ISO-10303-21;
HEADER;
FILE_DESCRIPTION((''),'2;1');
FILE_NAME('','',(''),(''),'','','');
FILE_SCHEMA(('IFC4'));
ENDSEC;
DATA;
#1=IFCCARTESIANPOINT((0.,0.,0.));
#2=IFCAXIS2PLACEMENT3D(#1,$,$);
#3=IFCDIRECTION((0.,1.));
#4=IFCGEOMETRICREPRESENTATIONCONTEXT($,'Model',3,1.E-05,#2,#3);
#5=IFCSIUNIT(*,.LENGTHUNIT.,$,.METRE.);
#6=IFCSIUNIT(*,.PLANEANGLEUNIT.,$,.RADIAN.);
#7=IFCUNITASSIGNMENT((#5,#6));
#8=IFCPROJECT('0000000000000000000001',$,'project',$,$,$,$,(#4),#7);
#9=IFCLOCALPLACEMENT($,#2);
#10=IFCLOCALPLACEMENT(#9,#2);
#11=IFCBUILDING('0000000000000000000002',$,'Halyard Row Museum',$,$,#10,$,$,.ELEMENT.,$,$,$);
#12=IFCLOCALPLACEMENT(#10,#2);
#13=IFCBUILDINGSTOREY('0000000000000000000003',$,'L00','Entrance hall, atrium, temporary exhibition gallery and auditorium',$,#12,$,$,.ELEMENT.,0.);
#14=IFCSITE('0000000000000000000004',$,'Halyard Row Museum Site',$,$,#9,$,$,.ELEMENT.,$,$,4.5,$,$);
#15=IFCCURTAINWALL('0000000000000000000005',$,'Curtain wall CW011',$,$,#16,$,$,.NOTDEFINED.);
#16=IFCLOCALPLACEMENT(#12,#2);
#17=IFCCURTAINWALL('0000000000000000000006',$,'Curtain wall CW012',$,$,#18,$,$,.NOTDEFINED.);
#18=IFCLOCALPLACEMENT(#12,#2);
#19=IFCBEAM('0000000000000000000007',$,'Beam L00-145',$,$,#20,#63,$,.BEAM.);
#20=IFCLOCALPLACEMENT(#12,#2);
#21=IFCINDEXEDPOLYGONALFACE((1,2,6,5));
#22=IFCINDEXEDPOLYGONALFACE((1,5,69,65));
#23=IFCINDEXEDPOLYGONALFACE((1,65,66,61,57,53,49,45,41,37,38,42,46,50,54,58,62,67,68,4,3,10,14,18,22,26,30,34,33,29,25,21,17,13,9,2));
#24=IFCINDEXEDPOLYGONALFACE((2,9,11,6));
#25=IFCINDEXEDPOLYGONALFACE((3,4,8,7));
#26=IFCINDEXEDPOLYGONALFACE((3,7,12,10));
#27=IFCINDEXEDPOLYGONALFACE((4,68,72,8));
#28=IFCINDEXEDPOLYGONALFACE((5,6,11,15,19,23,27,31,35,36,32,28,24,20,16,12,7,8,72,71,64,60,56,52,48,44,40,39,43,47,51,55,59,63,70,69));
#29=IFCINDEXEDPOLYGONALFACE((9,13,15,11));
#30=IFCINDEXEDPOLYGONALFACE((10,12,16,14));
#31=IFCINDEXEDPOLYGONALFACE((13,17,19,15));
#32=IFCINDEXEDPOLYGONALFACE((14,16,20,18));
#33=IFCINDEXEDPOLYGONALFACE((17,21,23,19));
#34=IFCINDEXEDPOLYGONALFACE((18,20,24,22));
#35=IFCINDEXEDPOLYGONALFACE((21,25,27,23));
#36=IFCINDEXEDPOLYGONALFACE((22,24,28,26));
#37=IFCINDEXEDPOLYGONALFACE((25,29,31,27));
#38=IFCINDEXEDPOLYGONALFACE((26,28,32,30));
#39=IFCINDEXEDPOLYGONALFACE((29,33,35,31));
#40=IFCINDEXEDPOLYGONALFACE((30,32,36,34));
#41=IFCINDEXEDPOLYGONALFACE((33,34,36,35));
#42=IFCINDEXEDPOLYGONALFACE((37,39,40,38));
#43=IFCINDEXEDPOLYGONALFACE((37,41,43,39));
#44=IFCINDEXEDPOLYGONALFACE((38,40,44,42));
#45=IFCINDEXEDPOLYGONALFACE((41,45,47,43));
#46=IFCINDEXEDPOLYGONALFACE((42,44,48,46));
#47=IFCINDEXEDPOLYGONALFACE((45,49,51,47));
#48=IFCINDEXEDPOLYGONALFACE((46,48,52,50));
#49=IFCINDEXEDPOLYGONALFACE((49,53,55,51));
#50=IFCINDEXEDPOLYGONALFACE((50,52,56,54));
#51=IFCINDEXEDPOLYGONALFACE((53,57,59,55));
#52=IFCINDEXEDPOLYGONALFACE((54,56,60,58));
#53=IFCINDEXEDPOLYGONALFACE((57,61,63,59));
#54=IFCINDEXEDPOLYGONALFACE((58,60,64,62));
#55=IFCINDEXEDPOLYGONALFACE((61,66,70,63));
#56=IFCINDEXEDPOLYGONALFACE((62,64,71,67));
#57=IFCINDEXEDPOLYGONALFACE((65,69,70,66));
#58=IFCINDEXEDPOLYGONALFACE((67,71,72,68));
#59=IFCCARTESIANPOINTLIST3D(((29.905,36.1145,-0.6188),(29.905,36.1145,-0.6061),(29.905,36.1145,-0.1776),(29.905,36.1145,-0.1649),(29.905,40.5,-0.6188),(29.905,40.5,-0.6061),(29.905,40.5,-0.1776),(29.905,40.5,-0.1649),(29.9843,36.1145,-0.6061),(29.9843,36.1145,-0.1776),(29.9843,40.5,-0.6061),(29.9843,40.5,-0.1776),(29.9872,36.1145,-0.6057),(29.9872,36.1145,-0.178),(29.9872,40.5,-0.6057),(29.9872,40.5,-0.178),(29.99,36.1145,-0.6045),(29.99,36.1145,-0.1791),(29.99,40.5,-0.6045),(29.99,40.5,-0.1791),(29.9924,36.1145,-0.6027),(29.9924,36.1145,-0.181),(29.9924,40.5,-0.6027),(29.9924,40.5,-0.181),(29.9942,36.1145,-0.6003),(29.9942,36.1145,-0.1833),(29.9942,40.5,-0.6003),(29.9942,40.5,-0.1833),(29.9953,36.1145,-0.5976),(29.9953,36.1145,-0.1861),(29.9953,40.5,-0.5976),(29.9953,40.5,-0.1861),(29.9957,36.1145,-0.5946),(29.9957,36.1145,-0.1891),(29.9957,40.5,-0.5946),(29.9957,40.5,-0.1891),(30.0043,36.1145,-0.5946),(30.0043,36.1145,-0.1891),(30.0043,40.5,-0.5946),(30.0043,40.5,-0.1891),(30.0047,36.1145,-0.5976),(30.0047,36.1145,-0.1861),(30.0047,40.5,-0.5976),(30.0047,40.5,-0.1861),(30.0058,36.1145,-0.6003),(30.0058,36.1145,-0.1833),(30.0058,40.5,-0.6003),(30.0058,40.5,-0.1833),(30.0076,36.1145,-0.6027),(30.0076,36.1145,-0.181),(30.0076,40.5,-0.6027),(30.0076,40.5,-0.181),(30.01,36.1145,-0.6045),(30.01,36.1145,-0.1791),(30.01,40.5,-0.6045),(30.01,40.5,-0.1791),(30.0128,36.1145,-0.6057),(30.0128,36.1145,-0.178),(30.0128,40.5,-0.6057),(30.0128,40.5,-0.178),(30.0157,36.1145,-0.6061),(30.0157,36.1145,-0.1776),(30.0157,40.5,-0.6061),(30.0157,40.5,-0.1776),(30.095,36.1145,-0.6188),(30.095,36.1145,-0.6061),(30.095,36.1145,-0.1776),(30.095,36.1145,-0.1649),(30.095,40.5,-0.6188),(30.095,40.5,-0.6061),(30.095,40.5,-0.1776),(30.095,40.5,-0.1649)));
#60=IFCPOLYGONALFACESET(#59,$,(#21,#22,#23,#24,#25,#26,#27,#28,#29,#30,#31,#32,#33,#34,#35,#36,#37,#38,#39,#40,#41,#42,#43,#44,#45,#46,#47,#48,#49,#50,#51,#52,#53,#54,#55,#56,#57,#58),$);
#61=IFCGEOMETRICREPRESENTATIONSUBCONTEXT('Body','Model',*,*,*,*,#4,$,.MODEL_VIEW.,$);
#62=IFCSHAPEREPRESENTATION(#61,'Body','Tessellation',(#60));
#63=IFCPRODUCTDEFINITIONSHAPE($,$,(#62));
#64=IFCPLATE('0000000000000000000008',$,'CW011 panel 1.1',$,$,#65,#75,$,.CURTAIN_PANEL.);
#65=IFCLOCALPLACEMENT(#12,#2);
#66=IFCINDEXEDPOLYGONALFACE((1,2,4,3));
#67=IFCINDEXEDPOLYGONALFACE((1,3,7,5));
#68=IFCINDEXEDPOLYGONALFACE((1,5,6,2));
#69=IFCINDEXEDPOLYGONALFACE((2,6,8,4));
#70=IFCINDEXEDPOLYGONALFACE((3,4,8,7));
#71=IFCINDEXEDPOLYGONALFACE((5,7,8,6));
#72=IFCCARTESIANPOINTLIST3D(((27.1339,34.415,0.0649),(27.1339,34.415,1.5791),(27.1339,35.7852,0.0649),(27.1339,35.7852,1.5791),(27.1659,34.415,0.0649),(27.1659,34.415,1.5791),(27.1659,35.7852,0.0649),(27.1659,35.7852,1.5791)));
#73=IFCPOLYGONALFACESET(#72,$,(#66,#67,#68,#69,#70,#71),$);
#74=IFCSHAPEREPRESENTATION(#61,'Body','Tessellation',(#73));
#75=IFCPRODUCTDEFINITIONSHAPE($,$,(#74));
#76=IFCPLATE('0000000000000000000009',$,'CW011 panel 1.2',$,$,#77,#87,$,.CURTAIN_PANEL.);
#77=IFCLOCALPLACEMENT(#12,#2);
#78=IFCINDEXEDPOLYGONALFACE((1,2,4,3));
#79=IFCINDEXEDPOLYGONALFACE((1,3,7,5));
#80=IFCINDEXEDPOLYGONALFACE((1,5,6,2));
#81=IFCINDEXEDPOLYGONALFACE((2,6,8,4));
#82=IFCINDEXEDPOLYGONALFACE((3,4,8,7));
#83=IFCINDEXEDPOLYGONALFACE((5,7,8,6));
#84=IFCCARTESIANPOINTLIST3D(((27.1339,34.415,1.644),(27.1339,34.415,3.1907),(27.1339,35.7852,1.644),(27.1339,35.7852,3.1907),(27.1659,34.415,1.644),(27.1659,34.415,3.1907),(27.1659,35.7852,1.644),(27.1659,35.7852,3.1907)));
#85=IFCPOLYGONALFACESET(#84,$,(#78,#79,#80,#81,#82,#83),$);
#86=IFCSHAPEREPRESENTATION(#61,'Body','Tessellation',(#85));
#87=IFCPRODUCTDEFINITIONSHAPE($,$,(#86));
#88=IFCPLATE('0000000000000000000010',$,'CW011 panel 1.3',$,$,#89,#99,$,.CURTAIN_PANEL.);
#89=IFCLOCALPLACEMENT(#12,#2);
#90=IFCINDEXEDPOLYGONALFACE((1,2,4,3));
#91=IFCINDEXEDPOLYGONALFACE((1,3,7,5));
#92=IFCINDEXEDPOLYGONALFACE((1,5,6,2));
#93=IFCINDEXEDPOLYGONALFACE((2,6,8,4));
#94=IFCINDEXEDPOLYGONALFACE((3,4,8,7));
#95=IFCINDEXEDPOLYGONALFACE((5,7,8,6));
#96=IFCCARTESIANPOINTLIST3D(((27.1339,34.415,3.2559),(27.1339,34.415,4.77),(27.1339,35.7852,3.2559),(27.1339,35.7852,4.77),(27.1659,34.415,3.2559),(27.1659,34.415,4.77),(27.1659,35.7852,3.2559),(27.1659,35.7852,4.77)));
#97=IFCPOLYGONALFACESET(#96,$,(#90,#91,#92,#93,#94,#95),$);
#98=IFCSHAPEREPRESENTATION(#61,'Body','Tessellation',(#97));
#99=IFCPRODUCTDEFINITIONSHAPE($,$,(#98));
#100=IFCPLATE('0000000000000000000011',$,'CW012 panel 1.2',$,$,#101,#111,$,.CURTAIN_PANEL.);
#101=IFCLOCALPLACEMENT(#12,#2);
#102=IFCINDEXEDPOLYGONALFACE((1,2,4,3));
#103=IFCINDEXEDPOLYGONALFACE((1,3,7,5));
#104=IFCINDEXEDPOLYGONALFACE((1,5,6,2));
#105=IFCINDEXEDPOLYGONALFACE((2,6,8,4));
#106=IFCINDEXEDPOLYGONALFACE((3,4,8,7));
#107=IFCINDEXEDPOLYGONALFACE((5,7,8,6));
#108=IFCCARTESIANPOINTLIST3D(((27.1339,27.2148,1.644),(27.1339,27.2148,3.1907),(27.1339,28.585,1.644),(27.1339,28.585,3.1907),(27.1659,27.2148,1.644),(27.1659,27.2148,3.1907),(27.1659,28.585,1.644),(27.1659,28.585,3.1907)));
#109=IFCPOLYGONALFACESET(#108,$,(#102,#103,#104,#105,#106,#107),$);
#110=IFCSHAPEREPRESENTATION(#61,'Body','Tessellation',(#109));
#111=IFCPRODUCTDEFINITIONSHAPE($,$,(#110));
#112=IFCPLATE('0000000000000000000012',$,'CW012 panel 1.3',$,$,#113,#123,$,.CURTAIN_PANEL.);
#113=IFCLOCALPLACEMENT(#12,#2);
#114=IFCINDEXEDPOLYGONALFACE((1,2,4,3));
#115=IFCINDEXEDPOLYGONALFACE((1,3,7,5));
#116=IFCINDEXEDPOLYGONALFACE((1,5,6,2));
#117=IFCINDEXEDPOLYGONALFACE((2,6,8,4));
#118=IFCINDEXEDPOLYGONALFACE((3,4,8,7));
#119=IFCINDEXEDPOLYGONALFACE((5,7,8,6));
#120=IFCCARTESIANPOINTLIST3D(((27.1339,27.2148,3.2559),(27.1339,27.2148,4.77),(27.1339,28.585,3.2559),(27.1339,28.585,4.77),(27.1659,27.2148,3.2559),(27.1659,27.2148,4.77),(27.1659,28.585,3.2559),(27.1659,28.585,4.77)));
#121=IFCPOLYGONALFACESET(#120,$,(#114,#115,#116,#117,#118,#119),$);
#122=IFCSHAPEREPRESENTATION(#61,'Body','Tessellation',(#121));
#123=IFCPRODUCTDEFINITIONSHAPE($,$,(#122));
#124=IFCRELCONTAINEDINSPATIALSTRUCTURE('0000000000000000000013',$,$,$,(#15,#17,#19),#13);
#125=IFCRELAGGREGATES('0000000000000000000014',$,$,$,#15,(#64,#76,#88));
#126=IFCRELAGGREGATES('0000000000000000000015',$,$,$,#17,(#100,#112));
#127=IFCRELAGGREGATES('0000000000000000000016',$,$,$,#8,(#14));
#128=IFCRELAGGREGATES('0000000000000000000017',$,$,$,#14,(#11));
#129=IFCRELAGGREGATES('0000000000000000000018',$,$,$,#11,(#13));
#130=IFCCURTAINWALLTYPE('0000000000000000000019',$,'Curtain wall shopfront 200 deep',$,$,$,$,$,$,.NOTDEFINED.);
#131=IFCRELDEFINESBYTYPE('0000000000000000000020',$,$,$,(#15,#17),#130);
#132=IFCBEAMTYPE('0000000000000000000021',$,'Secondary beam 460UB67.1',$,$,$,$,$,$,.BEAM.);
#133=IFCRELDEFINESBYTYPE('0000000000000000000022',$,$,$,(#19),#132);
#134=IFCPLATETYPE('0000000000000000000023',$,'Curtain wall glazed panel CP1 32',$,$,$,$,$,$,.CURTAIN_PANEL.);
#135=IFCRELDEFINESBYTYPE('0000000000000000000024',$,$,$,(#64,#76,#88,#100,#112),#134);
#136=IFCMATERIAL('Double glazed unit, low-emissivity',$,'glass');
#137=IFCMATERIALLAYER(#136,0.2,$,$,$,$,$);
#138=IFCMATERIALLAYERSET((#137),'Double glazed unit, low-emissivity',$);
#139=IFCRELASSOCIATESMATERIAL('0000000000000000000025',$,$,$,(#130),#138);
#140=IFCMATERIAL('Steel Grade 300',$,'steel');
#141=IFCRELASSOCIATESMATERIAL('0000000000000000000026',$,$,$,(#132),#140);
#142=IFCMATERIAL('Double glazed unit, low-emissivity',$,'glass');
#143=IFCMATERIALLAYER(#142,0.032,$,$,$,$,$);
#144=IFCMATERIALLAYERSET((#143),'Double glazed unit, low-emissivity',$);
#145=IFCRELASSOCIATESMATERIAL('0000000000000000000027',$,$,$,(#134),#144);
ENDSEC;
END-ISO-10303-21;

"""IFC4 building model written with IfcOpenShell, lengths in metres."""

from ifc_helpers import new_model, si_unit, direction, frame, origin, origin_2d, place, context, subcontext, project, spatial, rectangle, i_section, extrude, material, layer, layer_set, material_profile, profile_set, type_object, element, aggregate, save


model = new_model("IFC4")

# Units and contexts
model_context = context("Model", 3, precision=1e-05, world=origin(), true_north=direction((0.0, 1.0)))
body_context = subcontext(model_context, "Body", "Model", "MODEL_VIEW")
ifc_project = project(units=[si_unit("LENGTHUNIT", "METRE"), si_unit("PLANEANGLEUNIT", "RADIAN")], contexts=[model_context])

# Site, building, storey
site_placement = place(None, origin())
site = spatial("IfcSite", under=ifc_project, at=site_placement, Name="Halyard Row Museum Site", CompositionType="ELEMENT", RefElevation=4.5)
building_placement = place(site_placement, origin())
building = spatial("IfcBuilding", under=site, at=building_placement, Name="Halyard Row Museum", CompositionType="ELEMENT")
storey_placement = place(building_placement, origin())
storey = spatial("IfcBuildingStorey", under=building, at=storey_placement, Name="L00", Description="Entrance hall, atrium, temporary exhibition gallery and auditorium", CompositionType="ELEMENT", Elevation=0.0)

# Curtain wall
ifc_material_1 = material(Name="Double glazed unit, low-emissivity", Category="glass")
ifc_layer_1 = layer(ifc_material_1, 0.2)
ifc_layer_set_1 = layer_set([ifc_layer_1], Name="Double glazed unit, low-emissivity")
curtain_wall_type = type_object("IfcCurtainWallType", Name="Curtain wall shopfront 200 deep", PredefinedType="NOTDEFINED", material=ifc_layer_set_1)
curtain_wall_1_placement = place(storey_placement, origin())
curtain_wall_1 = element("IfcCurtainWall", 1, at=curtain_wall_1_placement, inside=storey, type_object=curtain_wall_type, Name="Curtain wall CW011", PredefinedType="NOTDEFINED")

# Curtain wall
curtain_wall_2_placement = place(storey_placement, origin())
curtain_wall_2 = element("IfcCurtainWall", 2, at=curtain_wall_2_placement, inside=storey, type_object=curtain_wall_type, Name="Curtain wall CW012", PredefinedType="NOTDEFINED")

# Beam
ifc_material_2 = material(Name="Steel Grade 300", Category="steel")
ifc_material_profile_1 = material_profile(ifc_material_2, i_section(OverallWidth=0.1899, OverallDepth=0.4539, WebThickness=0.0085, FlangeThickness=0.0127, FilletRadius=0.0115, at=origin_2d()), Name="460UB67.1")
ifc_profile_set_1 = profile_set([ifc_material_profile_1], Name="Steel Grade 300")
beam_type_1 = type_object("IfcBeamType", Name="Secondary beam 460UB67.1", PredefinedType="BEAM", material=ifc_profile_set_1)
beam_1_placement = place(storey_placement, frame((30.0, 36.1145, -0.3918), z_axis=(0.0, 1.0, 0.0), x_axis=(-1.0, 0.0, 0.0)))
element("IfcBeam", 3, at=beam_1_placement, inside=storey, type_object=beam_type_1, Name="Beam L00-145", PredefinedType="BEAM", context=body_context, shape_type="SweptSolid", body=[
    extrude(i_section(OverallWidth=0.1899, OverallDepth=0.4539, WebThickness=0.0085, FlangeThickness=0.0127, FilletRadius=0.0115, at=origin_2d()), origin(), (0.0, 0.0, 1.0), 4.3855),
])

# Plates
ifc_material_3 = material(Name="Double glazed unit, low-emissivity", Category="glass")
ifc_layer_2 = layer(ifc_material_3, 0.032)
ifc_layer_set_2 = layer_set([ifc_layer_2], Name="Double glazed unit, low-emissivity")
plate_type = type_object("IfcPlateType", Name="Curtain wall glazed panel CP1 32", PredefinedType="CURTAIN_PANEL", material=ifc_layer_set_2)
plate_1_placement = place(storey_placement, frame((27.1499, 35.1001, 0.0649), z_axis=(0.0, 0.0, 1.0), x_axis=(0.0, -1.0, 0.0)))
plate_1 = element("IfcPlate", 4, at=plate_1_placement, type_object=plate_type, Name="CW011 panel 1.1", PredefinedType="CURTAIN_PANEL", context=body_context, shape_type="SweptSolid", body=[
    extrude(rectangle(XDim=1.3701, YDim=0.032, at=origin_2d()), origin(), (0.0, 0.0, 1.0), 1.5142),
])
plate_2_placement = place(storey_placement, frame((27.1499, 35.1001, 1.644), z_axis=(0.0, 0.0, 1.0), x_axis=(0.0, -1.0, 0.0)))
plate_2 = element("IfcPlate", 5, at=plate_2_placement, type_object=plate_type, Name="CW011 panel 1.2", PredefinedType="CURTAIN_PANEL", context=body_context, shape_type="SweptSolid", body=[
    extrude(rectangle(XDim=1.3701, YDim=0.032, at=origin_2d()), origin(), (0.0, 0.0, 1.0), 1.5466),
])
plate_3_placement = place(storey_placement, frame((27.1499, 35.1001, 3.2559), z_axis=(0.0, 0.0, 1.0), x_axis=(0.0, -1.0, 0.0)))
plate_3 = element("IfcPlate", 6, at=plate_3_placement, type_object=plate_type, Name="CW011 panel 1.3", PredefinedType="CURTAIN_PANEL", context=body_context, shape_type="SweptSolid", body=[
    extrude(rectangle(XDim=1.3701, YDim=0.032, at=origin_2d()), origin(), (0.0, 0.0, 1.0), 1.5142),
])
aggregate(curtain_wall_1, [plate_1, plate_2, plate_3])
plate_4_placement = place(storey_placement, frame((27.1499, 27.8999, 1.644), z_axis=(0.0, 0.0, 1.0), x_axis=(0.0, -1.0, 0.0)))
plate_4 = element("IfcPlate", 7, at=plate_4_placement, type_object=plate_type, Name="CW012 panel 1.2", PredefinedType="CURTAIN_PANEL", context=body_context, shape_type="SweptSolid", body=[
    extrude(rectangle(XDim=1.3701, YDim=0.032, at=origin_2d()), origin(), (0.0, 0.0, 1.0), 1.5466),
])
plate_5_placement = place(storey_placement, frame((27.1499, 27.8999, 3.2559), z_axis=(0.0, 0.0, 1.0), x_axis=(0.0, -1.0, 0.0)))
plate_5 = element("IfcPlate", 8, at=plate_5_placement, type_object=plate_type, Name="CW012 panel 1.3", PredefinedType="CURTAIN_PANEL", context=body_context, shape_type="SweptSolid", body=[
    extrude(rectangle(XDim=1.3701, YDim=0.032, at=origin_2d()), origin(), (0.0, 0.0, 1.0), 1.5142),
])
aggregate(curtain_wall_2, [plate_4, plate_5])

save(model, "model.ifc")
